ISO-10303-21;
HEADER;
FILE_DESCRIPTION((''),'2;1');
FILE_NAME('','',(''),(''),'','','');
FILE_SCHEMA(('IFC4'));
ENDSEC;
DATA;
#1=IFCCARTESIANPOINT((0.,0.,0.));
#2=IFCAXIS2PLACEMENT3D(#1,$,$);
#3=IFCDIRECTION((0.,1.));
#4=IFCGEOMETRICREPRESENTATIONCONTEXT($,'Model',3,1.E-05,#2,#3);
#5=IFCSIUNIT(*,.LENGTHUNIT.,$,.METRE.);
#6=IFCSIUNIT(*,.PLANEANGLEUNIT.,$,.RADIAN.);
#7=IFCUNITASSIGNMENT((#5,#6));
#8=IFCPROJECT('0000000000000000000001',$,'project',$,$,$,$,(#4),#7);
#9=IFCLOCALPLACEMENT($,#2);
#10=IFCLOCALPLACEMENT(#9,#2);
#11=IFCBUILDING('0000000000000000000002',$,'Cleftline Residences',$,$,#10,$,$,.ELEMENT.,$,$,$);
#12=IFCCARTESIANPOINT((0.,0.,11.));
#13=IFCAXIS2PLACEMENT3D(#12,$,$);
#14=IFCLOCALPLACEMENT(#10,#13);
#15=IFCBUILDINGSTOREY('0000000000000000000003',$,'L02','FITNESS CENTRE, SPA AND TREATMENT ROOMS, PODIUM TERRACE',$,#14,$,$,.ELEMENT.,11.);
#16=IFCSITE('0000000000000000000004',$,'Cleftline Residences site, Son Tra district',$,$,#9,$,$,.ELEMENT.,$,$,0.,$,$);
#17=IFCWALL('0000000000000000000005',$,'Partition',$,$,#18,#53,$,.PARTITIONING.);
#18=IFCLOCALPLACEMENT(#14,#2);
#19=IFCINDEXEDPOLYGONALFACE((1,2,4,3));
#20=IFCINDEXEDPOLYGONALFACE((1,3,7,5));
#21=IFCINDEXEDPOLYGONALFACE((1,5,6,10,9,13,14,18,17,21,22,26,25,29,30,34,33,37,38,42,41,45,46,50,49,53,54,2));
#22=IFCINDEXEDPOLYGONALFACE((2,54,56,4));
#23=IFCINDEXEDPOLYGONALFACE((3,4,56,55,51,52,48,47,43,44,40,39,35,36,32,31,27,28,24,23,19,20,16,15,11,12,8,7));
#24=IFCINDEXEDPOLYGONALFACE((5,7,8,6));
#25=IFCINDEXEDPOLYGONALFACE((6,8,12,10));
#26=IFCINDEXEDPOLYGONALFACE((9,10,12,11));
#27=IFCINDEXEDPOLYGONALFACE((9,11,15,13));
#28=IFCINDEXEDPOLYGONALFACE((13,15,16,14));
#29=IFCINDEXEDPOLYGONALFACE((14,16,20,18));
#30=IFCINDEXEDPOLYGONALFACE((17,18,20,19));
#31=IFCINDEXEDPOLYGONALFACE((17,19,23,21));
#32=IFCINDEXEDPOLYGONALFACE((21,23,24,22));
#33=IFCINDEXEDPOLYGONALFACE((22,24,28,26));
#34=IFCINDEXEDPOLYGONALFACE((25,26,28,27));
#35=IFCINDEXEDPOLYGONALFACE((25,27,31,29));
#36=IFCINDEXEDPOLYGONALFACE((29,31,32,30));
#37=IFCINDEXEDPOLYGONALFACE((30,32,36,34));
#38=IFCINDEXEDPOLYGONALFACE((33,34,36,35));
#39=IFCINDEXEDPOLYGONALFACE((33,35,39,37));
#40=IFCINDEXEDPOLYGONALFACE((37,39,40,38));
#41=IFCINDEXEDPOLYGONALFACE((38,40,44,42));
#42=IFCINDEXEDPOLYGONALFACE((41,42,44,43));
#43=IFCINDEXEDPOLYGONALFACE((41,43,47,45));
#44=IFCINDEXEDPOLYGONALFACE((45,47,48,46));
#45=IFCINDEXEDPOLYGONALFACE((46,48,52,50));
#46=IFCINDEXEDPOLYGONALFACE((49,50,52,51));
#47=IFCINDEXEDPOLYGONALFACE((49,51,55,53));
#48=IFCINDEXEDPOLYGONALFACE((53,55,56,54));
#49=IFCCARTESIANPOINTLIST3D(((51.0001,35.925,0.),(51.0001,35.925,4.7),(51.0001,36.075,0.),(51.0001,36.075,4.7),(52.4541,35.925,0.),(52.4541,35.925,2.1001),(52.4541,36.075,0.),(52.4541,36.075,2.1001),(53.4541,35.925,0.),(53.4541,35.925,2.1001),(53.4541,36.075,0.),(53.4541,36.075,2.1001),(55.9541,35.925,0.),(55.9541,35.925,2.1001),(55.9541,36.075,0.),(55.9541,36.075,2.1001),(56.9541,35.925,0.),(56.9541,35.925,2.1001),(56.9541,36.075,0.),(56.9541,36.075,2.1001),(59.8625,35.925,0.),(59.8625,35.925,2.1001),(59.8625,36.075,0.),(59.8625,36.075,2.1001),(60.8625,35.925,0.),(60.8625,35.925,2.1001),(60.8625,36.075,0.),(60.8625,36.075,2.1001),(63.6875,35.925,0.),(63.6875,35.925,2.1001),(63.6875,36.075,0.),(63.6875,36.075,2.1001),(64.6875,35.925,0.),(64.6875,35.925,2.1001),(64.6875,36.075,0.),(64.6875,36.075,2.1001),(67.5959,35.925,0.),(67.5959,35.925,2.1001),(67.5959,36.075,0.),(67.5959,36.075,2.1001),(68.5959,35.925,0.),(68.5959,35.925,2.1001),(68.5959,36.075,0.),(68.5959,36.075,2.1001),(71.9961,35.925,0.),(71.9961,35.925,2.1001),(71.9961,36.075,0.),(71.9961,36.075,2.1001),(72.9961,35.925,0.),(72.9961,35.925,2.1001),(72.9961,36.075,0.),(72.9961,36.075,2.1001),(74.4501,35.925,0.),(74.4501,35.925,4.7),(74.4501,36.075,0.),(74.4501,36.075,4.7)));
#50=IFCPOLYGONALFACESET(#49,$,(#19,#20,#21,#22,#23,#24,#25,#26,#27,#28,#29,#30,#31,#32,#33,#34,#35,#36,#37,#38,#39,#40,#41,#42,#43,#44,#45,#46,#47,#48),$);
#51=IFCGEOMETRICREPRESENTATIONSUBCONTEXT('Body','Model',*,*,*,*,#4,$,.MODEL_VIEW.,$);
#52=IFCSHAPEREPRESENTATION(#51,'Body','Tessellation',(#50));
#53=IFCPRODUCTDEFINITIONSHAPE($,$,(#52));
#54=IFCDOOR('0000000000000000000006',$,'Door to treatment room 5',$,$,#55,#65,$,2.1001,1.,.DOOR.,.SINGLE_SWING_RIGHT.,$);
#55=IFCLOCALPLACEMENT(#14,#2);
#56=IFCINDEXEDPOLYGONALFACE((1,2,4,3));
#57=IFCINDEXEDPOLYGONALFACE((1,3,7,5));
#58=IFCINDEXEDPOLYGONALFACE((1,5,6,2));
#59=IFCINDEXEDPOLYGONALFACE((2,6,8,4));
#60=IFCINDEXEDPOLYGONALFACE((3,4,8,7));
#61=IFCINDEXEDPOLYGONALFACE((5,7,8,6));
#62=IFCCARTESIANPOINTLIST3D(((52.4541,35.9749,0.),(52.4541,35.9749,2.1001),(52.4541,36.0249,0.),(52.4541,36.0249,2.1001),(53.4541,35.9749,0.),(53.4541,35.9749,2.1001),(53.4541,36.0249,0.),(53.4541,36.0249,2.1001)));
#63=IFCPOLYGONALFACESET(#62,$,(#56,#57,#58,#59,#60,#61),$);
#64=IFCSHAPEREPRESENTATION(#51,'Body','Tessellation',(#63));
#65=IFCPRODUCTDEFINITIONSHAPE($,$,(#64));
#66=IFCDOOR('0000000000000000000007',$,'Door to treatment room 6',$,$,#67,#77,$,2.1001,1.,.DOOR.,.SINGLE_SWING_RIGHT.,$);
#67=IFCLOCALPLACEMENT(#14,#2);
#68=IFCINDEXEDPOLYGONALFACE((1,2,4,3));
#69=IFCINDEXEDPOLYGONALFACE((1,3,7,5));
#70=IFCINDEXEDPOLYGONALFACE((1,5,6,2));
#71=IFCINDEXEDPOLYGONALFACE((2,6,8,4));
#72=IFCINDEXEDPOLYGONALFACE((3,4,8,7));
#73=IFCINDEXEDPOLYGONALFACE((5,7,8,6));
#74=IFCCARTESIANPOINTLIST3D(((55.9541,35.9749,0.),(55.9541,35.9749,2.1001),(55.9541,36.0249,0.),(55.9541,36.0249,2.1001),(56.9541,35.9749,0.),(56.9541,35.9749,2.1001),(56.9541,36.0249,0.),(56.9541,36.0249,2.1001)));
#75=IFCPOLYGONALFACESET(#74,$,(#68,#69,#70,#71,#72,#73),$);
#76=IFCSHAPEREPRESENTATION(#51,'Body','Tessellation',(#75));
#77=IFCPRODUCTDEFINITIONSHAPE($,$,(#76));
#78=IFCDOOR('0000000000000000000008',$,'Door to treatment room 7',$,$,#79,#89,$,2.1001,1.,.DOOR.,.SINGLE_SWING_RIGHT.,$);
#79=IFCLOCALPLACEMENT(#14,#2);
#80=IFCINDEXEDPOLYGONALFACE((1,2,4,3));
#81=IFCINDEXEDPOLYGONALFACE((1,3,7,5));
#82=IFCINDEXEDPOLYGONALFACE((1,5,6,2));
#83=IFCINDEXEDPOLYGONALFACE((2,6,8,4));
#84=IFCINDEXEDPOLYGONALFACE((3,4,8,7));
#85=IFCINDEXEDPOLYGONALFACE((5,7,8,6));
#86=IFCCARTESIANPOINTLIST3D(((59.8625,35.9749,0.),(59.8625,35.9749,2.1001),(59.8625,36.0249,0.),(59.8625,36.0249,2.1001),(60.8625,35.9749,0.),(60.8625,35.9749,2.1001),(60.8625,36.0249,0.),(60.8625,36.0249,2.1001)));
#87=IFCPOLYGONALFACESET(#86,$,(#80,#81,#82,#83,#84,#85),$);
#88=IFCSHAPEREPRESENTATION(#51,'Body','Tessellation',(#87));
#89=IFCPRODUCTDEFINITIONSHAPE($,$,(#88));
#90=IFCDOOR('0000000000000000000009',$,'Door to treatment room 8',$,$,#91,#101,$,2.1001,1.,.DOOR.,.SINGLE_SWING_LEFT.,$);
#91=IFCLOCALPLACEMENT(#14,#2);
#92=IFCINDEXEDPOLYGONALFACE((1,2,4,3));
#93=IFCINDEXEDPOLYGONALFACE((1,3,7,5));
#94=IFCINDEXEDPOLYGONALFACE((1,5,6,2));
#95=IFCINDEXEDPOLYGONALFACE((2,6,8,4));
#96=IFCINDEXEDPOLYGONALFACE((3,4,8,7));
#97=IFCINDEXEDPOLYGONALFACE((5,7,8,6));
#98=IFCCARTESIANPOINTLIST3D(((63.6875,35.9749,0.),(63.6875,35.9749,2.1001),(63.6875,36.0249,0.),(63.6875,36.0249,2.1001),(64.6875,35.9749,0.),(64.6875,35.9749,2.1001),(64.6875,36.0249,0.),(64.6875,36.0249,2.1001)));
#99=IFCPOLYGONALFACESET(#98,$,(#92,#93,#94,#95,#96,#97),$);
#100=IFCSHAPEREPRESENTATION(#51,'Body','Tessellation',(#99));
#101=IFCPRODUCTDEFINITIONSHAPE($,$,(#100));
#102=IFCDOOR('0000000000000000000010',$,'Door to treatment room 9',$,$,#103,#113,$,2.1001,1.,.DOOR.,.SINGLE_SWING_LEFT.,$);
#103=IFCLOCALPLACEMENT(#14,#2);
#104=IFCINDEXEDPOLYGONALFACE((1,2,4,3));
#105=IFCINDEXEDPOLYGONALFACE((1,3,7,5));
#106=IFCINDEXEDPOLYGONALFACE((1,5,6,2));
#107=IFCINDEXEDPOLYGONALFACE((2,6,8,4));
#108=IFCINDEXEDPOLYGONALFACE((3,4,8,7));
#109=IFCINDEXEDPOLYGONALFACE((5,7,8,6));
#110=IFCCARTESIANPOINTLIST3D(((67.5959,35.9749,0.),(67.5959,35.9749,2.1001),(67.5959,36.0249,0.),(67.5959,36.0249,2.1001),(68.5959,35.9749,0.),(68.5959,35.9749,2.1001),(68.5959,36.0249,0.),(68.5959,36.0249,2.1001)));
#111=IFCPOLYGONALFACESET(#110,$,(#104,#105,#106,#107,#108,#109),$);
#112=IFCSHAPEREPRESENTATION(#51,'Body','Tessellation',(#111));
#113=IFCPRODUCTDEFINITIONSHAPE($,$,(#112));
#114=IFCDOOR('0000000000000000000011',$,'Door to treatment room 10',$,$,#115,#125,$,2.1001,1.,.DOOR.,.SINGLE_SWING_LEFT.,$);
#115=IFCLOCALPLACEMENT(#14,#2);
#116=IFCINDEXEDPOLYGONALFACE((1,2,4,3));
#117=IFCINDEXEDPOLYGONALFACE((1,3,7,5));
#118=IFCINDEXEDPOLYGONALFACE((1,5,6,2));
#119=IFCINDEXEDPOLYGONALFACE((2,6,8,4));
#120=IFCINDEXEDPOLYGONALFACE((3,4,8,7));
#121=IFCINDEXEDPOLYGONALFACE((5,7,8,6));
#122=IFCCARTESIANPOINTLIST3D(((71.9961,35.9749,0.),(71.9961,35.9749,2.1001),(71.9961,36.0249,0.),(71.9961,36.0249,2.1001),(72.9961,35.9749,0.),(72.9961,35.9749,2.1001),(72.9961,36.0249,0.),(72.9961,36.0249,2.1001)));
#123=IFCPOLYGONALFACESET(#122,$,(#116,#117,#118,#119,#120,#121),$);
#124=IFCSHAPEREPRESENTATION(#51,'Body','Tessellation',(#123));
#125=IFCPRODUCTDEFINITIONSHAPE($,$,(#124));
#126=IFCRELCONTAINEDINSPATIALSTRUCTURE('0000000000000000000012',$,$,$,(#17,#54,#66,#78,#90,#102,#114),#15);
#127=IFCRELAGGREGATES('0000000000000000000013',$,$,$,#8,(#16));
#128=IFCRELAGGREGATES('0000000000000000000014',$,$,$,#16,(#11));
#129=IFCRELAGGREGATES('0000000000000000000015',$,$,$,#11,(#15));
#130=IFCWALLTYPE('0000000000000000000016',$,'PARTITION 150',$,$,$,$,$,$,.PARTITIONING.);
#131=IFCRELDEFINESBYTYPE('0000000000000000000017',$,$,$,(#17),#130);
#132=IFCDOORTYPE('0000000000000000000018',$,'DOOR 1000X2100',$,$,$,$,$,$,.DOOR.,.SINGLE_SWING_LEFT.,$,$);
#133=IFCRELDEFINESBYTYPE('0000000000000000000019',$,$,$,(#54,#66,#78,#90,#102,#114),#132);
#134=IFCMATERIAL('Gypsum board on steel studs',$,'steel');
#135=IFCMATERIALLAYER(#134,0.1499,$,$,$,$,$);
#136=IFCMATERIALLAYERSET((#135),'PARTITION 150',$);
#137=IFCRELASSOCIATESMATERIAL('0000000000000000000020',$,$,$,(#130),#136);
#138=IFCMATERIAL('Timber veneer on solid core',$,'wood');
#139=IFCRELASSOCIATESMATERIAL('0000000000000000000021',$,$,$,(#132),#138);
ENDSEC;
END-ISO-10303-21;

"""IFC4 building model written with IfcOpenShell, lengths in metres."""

from ifc_helpers import new_model, si_unit, direction, frame, frame_2d, origin, place, context, subcontext, project, spatial, rectangle, extrude, material, layer, layer_set, type_object, element, fill, save


model = new_model("IFC4")

# Units and contexts
model_context = context("Model", 3, precision=1e-05, world=origin(), true_north=direction((0.0, 1.0)))
body_context = subcontext(model_context, "Body", "Model", "MODEL_VIEW")
ifc_project = project(units=[si_unit("LENGTHUNIT", "METRE"), si_unit("PLANEANGLEUNIT", "RADIAN")], contexts=[model_context])

# Site, building, storey
site_placement = place(None, origin())
site = spatial("IfcSite", under=ifc_project, at=site_placement, Name="Cleftline Residences site, Son Tra district", CompositionType="ELEMENT", RefElevation=0.0)
building_placement = place(site_placement, origin())
building = spatial("IfcBuilding", under=site, at=building_placement, Name="Cleftline Residences", CompositionType="ELEMENT")
storey_placement = place(building_placement, frame((0.0, 0.0, 11.0)))
storey = spatial("IfcBuildingStorey", under=building, at=storey_placement, Name="L02", Description="FITNESS CENTRE, SPA AND TREATMENT ROOMS, PODIUM TERRACE", CompositionType="ELEMENT", Elevation=11.0)

# Wall, openings, doors
ifc_material_1 = material(Name="Gypsum board on steel studs", Category="steel")
ifc_layer = layer(ifc_material_1, 0.1499)
ifc_layer_set = layer_set([ifc_layer], Name="PARTITION 150")
wall_type = type_object("IfcWallType", Name="PARTITION 150", PredefinedType="PARTITIONING", material=ifc_layer_set)
wall_1_placement = place(storey_placement, frame((51.0, 36.0, 0.0), z_axis=(0.0, 0.0, 1.0), x_axis=(1.0, 0.0, 0.0)))
wall_1 = element("IfcWall", 1, at=wall_1_placement, inside=storey, type_object=wall_type, Name="Partition", PredefinedType="PARTITIONING", context=body_context, shape_type="SweptSolid", body=[
    extrude(rectangle(XDim=23.45, YDim=0.1499, at=frame_2d((11.7251, 0.0))), origin(), (0.0, 0.0, 1.0), 4.7),
])
opening_1_placement = place(wall_1_placement, frame((1.4541, 0.0, 0.0)))
opening_1 = element("IfcOpeningElement", 2, at=opening_1_placement, cuts=wall_1, PredefinedType="OPENING", context=body_context, shape_type="SweptSolid", body=[
    extrude(rectangle(XDim=1.0, YDim=2.1001, at=frame_2d((0.5, 1.05))), frame((0.0, 0.085, 0.0), z_axis=(0.0, -1.0, 0.0), x_axis=(1.0, 0.0, 0.0)), (0.0, 0.0, 1.0), 0.1699),
])
opening_2_placement = place(wall_1_placement, frame((4.9541, 0.0, 0.0)))
opening_2 = element("IfcOpeningElement", 3, at=opening_2_placement, cuts=wall_1, PredefinedType="OPENING", context=body_context, shape_type="SweptSolid", body=[
    extrude(rectangle(XDim=1.0, YDim=2.1001, at=frame_2d((0.5, 1.05))), frame((0.0, 0.085, 0.0), z_axis=(0.0, -1.0, 0.0), x_axis=(1.0, 0.0, 0.0)), (0.0, 0.0, 1.0), 0.1699),
])
opening_3_placement = place(wall_1_placement, frame((8.8625, 0.0, 0.0)))
opening_3 = element("IfcOpeningElement", 4, at=opening_3_placement, cuts=wall_1, PredefinedType="OPENING", context=body_context, shape_type="SweptSolid", body=[
    extrude(rectangle(XDim=1.0, YDim=2.1001, at=frame_2d((0.5, 1.05))), frame((0.0, 0.085, 0.0), z_axis=(0.0, -1.0, 0.0), x_axis=(1.0, 0.0, 0.0)), (0.0, 0.0, 1.0), 0.1699),
])
opening_4_placement = place(wall_1_placement, frame((12.6875, 0.0, 0.0)))
opening_4 = element("IfcOpeningElement", 5, at=opening_4_placement, cuts=wall_1, PredefinedType="OPENING", context=body_context, shape_type="SweptSolid", body=[
    extrude(rectangle(XDim=1.0, YDim=2.1001, at=frame_2d((0.5, 1.05))), frame((0.0, 0.085, 0.0), z_axis=(0.0, -1.0, 0.0), x_axis=(1.0, 0.0, 0.0)), (0.0, 0.0, 1.0), 0.1699),
])
opening_5_placement = place(wall_1_placement, frame((16.5959, 0.0, 0.0)))
opening_5 = element("IfcOpeningElement", 6, at=opening_5_placement, cuts=wall_1, PredefinedType="OPENING", context=body_context, shape_type="SweptSolid", body=[
    extrude(rectangle(XDim=1.0, YDim=2.1001, at=frame_2d((0.5, 1.05))), frame((0.0, 0.085, 0.0), z_axis=(0.0, -1.0, 0.0), x_axis=(1.0, 0.0, 0.0)), (0.0, 0.0, 1.0), 0.1699),
])
opening_6_placement = place(wall_1_placement, frame((20.9961, 0.0, 0.0)))
opening_6 = element("IfcOpeningElement", 7, at=opening_6_placement, cuts=wall_1, PredefinedType="OPENING", context=body_context, shape_type="SweptSolid", body=[
    extrude(rectangle(XDim=1.0, YDim=2.1001, at=frame_2d((0.5, 1.05))), frame((0.0, 0.085, 0.0), z_axis=(0.0, -1.0, 0.0), x_axis=(1.0, 0.0, 0.0)), (0.0, 0.0, 1.0), 0.1699),
])
ifc_material_2 = material(Name="Timber veneer on solid core", Category="wood")
door_type_1 = type_object("IfcDoorType", Name="DOOR 1000X2100", OperationType="SINGLE_SWING_LEFT", PredefinedType="DOOR", material=ifc_material_2)
door_1_placement = place(opening_1_placement, origin())
door_1 = element("IfcDoor", 8, at=door_1_placement, inside=storey, type_object=door_type_1, Name="Door to treatment room 5", OperationType="SINGLE_SWING_RIGHT", OverallHeight=2.1001, OverallWidth=1.0, PredefinedType="DOOR", context=body_context, shape_type="SweptSolid", body=[
    extrude(rectangle(XDim=1.0, YDim=2.1001, at=frame_2d((0.5, 1.05))), frame((0.0, 0.0249, 0.0), z_axis=(0.0, -1.0, 0.0), x_axis=(1.0, 0.0, 0.0)), (0.0, 0.0, 1.0), 0.05),
])
fill(opening_1, door_1)
door_2_placement = place(opening_2_placement, origin())
door_2 = element("IfcDoor", 9, at=door_2_placement, inside=storey, type_object=door_type_1, Name="Door to treatment room 6", OperationType="SINGLE_SWING_RIGHT", OverallHeight=2.1001, OverallWidth=1.0, PredefinedType="DOOR", context=body_context, shape_type="SweptSolid", body=[
    extrude(rectangle(XDim=1.0, YDim=2.1001, at=frame_2d((0.5, 1.05))), frame((0.0, 0.0249, 0.0), z_axis=(0.0, -1.0, 0.0), x_axis=(1.0, 0.0, 0.0)), (0.0, 0.0, 1.0), 0.05),
])
fill(opening_2, door_2)
door_3_placement = place(opening_3_placement, origin())
door_3 = element("IfcDoor", 10, at=door_3_placement, inside=storey, type_object=door_type_1, Name="Door to treatment room 7", OperationType="SINGLE_SWING_RIGHT", OverallHeight=2.1001, OverallWidth=1.0, PredefinedType="DOOR", context=body_context, shape_type="SweptSolid", body=[
    extrude(rectangle(XDim=1.0, YDim=2.1001, at=frame_2d((0.5, 1.05))), frame((0.0, 0.0249, 0.0), z_axis=(0.0, -1.0, 0.0), x_axis=(1.0, 0.0, 0.0)), (0.0, 0.0, 1.0), 0.05),
])
fill(opening_3, door_3)
door_4_placement = place(opening_4_placement, origin())
door_4 = element("IfcDoor", 11, at=door_4_placement, inside=storey, type_object=door_type_1, Name="Door to treatment room 8", OperationType="SINGLE_SWING_LEFT", OverallHeight=2.1001, OverallWidth=1.0, PredefinedType="DOOR", context=body_context, shape_type="SweptSolid", body=[
    extrude(rectangle(XDim=1.0, YDim=2.1001, at=frame_2d((0.5, 1.05))), frame((0.0, 0.0249, 0.0), z_axis=(0.0, -1.0, 0.0), x_axis=(1.0, 0.0, 0.0)), (0.0, 0.0, 1.0), 0.05),
])
fill(opening_4, door_4)
door_5_placement = place(opening_5_placement, origin())
door_5 = element("IfcDoor", 12, at=door_5_placement, inside=storey, type_object=door_type_1, Name="Door to treatment room 9", OperationType="SINGLE_SWING_LEFT", OverallHeight=2.1001, OverallWidth=1.0, PredefinedType="DOOR", context=body_context, shape_type="SweptSolid", body=[
    extrude(rectangle(XDim=1.0, YDim=2.1001, at=frame_2d((0.5, 1.05))), frame((0.0, 0.0249, 0.0), z_axis=(0.0, -1.0, 0.0), x_axis=(1.0, 0.0, 0.0)), (0.0, 0.0, 1.0), 0.05),
])
fill(opening_5, door_5)
door_6_placement = place(opening_6_placement, origin())
door_6 = element("IfcDoor", 13, at=door_6_placement, inside=storey, type_object=door_type_1, Name="Door to treatment room 10", OperationType="SINGLE_SWING_LEFT", OverallHeight=2.1001, OverallWidth=1.0, PredefinedType="DOOR", context=body_context, shape_type="SweptSolid", body=[
    extrude(rectangle(XDim=1.0, YDim=2.1001, at=frame_2d((0.5, 1.05))), frame((0.0, 0.0249, 0.0), z_axis=(0.0, -1.0, 0.0), x_axis=(1.0, 0.0, 0.0)), (0.0, 0.0, 1.0), 0.05),
])
fill(opening_6, door_6)

save(model, "model.ifc")
